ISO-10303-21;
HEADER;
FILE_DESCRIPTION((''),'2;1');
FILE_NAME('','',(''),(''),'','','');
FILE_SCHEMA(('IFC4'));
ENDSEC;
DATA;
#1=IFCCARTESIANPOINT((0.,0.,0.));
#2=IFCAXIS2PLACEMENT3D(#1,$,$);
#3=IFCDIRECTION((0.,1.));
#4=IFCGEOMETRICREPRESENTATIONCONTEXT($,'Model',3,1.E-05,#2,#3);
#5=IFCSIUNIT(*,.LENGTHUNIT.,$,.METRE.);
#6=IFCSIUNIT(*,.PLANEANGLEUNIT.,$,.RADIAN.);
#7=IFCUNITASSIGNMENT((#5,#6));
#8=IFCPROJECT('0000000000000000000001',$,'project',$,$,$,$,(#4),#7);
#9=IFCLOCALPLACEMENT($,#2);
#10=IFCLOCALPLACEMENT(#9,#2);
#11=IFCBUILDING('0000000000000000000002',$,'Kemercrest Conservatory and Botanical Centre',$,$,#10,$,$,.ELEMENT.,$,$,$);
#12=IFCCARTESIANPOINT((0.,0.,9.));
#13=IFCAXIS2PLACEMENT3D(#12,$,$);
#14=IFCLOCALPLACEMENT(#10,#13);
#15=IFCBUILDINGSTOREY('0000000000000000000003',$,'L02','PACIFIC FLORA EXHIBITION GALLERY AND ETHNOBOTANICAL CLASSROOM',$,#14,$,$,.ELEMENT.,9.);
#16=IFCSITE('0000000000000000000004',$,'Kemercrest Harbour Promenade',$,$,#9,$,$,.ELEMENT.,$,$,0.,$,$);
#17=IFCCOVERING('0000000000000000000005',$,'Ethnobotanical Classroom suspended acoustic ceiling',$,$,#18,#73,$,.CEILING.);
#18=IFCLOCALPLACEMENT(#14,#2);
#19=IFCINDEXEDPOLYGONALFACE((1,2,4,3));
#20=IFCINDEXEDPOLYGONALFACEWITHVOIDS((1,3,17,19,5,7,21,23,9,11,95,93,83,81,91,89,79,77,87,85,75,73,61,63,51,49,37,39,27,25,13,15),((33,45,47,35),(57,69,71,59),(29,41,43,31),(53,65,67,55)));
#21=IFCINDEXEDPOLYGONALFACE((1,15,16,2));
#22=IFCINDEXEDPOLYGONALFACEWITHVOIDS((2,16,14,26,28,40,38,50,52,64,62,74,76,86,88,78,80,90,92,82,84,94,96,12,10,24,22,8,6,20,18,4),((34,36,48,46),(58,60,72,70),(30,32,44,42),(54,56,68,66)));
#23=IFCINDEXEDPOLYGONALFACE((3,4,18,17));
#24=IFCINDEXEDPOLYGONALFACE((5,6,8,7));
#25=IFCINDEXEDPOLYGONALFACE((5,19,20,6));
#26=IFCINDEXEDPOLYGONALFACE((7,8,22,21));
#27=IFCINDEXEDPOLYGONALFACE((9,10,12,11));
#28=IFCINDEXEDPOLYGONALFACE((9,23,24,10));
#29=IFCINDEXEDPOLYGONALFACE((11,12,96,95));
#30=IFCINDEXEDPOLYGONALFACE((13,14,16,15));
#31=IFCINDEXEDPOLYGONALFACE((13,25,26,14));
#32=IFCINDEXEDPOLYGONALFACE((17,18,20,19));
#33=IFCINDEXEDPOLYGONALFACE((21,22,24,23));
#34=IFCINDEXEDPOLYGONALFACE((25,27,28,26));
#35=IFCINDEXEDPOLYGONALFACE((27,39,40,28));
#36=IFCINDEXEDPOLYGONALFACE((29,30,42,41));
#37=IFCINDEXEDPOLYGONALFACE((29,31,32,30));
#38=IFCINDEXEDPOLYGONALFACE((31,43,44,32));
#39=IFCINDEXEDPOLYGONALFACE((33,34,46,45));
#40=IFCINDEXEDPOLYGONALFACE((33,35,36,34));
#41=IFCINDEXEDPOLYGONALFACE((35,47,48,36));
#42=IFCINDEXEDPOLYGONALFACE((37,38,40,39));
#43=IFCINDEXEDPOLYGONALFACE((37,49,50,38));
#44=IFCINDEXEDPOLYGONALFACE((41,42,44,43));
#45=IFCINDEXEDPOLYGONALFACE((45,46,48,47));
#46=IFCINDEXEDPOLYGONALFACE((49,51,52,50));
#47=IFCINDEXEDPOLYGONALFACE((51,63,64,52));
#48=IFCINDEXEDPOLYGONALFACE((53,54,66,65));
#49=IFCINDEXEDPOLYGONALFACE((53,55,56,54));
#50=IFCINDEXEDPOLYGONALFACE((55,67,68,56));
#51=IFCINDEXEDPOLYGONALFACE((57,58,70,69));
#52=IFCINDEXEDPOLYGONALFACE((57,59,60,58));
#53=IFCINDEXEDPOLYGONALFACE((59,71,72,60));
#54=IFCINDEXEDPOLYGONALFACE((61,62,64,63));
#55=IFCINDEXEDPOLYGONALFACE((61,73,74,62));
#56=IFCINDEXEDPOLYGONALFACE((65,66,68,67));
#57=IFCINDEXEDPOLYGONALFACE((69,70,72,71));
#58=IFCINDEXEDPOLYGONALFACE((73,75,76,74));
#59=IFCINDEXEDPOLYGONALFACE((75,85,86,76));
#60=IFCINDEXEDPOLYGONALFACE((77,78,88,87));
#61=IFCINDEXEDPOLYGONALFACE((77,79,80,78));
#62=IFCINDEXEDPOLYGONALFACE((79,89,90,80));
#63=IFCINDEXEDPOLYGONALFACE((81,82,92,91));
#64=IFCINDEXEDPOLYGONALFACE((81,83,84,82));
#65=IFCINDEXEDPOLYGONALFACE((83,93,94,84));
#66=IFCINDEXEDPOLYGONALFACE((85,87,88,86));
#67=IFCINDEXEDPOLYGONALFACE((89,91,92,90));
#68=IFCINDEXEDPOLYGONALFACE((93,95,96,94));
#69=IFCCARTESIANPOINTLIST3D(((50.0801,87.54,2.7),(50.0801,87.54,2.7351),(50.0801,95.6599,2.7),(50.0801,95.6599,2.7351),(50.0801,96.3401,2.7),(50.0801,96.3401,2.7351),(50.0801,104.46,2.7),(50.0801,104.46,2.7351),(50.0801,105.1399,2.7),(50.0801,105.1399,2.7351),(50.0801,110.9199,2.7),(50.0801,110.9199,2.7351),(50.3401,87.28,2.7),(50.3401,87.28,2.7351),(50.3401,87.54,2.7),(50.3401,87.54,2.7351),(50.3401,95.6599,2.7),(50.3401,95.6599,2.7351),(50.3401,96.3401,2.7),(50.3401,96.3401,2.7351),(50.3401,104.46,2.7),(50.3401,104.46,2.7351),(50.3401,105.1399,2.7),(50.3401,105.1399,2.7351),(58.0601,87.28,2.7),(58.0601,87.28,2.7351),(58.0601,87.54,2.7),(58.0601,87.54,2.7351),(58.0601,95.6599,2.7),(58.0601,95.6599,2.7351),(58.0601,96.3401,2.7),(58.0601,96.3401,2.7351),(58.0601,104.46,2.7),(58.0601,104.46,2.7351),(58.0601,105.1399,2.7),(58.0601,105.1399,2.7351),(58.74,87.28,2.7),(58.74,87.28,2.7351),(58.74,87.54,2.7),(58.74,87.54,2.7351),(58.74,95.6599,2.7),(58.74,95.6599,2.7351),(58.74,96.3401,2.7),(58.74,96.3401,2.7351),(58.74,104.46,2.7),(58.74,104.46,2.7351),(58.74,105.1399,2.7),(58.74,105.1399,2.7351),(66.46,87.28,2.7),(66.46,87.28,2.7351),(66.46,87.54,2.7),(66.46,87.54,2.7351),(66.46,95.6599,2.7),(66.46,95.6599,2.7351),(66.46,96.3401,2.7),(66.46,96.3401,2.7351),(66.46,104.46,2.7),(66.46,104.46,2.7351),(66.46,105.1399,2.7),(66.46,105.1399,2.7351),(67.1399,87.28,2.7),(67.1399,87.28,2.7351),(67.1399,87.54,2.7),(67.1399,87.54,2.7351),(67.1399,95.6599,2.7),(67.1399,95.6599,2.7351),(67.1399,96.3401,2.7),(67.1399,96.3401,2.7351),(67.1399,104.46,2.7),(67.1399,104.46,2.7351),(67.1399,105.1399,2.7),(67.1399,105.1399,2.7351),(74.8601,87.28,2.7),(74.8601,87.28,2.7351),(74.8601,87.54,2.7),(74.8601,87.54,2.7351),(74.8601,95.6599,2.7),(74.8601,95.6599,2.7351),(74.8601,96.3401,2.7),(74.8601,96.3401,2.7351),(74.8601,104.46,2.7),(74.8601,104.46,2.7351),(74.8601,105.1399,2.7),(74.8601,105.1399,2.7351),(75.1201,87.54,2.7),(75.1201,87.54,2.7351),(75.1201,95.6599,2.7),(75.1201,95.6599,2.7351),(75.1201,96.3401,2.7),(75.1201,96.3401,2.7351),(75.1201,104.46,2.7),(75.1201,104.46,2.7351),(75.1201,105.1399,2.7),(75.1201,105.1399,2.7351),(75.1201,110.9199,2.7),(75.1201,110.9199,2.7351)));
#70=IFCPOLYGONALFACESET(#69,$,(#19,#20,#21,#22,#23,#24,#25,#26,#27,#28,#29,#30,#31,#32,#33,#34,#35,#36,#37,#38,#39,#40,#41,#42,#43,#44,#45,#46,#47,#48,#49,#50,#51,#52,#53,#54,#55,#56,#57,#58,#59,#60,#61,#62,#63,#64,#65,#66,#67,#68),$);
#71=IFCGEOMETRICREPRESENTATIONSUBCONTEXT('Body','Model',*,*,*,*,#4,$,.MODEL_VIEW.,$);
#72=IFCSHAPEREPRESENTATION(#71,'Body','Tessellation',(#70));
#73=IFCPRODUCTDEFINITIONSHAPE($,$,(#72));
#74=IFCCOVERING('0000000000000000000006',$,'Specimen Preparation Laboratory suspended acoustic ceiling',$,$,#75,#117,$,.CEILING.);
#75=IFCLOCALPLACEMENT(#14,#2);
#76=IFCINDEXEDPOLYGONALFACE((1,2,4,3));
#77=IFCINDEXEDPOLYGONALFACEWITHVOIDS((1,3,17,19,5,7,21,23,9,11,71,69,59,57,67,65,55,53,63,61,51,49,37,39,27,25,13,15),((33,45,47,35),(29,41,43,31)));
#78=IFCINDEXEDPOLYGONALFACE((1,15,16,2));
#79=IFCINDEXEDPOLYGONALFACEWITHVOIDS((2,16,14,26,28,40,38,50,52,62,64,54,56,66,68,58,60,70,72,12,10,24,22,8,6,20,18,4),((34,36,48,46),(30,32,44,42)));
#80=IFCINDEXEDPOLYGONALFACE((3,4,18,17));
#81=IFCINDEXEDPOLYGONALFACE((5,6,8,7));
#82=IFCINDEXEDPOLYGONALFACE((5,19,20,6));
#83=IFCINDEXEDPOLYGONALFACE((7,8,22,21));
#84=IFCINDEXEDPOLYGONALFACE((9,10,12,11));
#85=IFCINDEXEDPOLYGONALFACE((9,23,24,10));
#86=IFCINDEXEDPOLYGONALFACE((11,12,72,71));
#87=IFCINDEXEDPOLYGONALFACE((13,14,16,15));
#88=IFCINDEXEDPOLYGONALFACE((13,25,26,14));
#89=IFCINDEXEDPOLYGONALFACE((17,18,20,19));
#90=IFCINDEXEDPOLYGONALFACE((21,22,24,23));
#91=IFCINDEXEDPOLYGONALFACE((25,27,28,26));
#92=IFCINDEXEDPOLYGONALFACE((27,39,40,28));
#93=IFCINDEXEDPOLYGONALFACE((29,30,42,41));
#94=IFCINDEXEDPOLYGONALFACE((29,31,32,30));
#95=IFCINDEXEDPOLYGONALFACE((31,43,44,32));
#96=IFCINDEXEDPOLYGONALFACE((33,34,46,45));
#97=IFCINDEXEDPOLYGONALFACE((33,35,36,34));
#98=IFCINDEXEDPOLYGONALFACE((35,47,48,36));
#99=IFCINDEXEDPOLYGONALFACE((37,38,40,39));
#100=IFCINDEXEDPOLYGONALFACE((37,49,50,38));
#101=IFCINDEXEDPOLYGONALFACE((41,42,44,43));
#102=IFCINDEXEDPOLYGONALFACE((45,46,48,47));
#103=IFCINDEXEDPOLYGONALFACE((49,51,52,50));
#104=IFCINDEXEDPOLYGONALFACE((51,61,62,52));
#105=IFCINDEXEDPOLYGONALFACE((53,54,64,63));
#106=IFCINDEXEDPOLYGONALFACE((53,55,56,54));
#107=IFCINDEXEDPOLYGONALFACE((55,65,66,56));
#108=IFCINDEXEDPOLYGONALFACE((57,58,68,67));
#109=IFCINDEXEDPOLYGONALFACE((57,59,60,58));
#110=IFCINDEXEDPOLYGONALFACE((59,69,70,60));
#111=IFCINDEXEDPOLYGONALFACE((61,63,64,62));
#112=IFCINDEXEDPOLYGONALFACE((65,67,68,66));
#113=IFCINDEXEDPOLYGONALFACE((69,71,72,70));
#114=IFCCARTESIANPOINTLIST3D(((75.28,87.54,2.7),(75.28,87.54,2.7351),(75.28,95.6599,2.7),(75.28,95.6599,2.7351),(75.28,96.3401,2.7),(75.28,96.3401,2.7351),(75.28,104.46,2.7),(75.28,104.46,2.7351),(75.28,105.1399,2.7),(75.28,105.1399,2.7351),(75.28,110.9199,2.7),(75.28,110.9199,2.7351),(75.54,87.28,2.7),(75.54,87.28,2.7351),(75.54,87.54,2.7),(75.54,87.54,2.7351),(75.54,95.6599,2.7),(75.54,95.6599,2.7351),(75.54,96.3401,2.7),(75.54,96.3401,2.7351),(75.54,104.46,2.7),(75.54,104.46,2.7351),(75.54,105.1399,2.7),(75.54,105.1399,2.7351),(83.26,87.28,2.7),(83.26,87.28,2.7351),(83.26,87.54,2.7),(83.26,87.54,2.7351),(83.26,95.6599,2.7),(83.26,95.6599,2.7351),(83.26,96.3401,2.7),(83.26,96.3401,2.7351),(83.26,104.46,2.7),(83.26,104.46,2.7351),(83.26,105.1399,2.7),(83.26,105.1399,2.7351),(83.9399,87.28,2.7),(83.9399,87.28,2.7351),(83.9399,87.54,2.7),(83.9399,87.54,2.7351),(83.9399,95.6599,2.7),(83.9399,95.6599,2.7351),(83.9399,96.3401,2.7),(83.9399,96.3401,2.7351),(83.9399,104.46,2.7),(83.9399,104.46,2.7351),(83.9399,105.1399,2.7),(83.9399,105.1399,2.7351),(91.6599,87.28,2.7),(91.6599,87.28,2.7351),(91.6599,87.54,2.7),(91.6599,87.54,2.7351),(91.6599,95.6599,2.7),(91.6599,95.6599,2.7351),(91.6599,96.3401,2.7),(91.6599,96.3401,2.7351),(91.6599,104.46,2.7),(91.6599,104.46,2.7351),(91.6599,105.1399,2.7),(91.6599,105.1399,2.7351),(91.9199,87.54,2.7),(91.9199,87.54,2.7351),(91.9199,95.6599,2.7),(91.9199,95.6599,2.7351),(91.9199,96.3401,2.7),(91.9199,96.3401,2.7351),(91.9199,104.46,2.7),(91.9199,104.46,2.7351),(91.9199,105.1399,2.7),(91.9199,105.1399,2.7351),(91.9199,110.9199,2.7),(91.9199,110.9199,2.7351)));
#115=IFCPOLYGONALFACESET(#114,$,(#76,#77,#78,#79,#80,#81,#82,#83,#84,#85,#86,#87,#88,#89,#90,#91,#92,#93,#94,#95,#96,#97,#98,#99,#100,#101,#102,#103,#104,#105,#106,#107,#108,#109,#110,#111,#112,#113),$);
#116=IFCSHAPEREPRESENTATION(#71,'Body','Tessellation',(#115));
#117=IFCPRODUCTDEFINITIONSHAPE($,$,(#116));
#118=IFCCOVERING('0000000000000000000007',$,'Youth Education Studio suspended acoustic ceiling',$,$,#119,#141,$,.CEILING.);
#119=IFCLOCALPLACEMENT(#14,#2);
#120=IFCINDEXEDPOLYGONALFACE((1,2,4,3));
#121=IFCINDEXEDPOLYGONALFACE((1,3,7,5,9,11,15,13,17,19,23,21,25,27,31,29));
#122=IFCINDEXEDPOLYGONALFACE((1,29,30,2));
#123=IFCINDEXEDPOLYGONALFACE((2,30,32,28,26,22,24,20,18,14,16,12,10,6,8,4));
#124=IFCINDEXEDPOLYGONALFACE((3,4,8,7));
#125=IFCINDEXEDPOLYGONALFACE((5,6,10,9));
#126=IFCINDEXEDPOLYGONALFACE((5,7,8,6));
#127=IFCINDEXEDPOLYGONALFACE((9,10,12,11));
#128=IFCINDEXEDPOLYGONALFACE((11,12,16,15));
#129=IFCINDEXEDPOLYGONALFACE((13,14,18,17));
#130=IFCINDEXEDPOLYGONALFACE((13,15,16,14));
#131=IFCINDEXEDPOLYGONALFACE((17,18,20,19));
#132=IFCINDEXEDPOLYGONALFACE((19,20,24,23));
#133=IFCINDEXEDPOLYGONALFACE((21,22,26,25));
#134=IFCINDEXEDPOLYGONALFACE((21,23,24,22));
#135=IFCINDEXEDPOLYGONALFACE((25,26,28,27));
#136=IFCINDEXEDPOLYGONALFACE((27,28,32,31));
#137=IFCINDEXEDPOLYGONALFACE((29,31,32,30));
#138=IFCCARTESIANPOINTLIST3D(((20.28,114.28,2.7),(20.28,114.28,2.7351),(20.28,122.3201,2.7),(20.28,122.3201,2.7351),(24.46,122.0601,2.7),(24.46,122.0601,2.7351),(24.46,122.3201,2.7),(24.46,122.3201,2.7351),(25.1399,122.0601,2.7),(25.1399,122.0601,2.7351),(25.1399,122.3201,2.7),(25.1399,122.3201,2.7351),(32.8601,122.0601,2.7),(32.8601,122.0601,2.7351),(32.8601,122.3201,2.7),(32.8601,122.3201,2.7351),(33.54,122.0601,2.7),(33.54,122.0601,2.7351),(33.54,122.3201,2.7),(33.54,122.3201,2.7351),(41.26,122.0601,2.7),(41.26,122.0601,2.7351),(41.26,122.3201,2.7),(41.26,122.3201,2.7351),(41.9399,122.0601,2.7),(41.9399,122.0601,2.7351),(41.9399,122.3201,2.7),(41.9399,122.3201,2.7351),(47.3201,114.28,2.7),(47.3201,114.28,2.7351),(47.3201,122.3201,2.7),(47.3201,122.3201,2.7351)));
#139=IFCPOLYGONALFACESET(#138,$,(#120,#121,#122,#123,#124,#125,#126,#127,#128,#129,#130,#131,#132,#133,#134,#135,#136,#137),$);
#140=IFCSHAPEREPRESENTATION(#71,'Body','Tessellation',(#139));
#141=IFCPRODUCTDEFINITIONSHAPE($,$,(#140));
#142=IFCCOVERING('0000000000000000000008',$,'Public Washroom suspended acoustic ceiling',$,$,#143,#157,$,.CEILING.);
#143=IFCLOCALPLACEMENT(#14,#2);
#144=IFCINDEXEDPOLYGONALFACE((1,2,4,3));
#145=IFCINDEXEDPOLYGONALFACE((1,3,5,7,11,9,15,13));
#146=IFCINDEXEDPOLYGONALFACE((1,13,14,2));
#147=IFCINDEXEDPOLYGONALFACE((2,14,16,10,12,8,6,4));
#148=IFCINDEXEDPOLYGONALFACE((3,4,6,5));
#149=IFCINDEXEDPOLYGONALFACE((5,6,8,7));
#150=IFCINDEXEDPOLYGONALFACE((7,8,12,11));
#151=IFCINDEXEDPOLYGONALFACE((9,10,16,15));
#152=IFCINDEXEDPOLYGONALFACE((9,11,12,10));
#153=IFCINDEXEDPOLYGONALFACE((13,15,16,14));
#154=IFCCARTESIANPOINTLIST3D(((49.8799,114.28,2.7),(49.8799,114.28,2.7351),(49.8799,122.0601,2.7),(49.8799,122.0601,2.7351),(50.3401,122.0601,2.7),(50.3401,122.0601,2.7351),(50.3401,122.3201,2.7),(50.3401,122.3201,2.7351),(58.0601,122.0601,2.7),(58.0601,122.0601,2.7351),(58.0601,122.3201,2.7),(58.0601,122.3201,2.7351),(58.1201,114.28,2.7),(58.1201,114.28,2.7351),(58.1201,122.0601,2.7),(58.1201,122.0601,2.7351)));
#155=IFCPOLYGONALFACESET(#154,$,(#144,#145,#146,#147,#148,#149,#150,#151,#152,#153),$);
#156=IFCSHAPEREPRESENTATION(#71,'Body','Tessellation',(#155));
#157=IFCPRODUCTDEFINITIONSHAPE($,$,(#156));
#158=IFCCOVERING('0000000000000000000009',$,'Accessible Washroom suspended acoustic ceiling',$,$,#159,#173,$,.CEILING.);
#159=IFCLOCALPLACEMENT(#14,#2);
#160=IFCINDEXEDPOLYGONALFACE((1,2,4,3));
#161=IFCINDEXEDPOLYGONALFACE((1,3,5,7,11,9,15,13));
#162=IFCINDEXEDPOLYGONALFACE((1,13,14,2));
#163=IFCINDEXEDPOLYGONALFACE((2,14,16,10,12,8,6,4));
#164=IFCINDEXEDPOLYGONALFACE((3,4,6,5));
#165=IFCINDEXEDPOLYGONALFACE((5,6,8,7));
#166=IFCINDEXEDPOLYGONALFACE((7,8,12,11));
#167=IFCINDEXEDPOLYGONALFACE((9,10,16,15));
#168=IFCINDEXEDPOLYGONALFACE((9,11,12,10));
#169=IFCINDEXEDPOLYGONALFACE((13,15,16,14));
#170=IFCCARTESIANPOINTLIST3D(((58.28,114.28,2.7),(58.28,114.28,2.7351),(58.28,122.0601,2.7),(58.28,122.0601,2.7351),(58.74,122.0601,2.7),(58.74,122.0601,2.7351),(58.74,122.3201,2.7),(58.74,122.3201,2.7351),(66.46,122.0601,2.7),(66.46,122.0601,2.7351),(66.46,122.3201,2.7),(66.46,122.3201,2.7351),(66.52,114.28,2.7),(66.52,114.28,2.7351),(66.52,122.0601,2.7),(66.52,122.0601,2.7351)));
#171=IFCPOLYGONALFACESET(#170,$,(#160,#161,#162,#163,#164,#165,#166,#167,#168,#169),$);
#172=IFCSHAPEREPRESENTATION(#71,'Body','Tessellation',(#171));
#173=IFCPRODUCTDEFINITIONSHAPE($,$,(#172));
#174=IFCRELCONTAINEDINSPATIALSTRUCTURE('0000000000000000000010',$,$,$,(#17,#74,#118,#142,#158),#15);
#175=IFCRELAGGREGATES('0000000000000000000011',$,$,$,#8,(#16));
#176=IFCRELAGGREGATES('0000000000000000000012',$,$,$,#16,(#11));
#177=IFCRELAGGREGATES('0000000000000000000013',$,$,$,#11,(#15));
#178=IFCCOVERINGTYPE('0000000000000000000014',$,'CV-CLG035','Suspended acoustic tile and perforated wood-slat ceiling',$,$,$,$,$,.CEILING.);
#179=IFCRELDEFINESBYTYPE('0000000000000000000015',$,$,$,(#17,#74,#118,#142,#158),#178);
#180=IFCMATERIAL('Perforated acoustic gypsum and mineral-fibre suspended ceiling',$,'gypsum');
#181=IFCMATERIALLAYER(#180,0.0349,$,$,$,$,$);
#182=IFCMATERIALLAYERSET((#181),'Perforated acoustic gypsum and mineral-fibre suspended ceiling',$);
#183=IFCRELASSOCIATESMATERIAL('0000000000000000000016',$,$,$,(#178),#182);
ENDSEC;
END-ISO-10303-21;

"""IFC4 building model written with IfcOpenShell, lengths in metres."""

from ifc_helpers import new_model, si_unit, direction, frame, origin, place, context, subcontext, project, spatial, polyline, outline, extrude, material, layer, layer_set, type_object, element, save


model = new_model("IFC4")

# Units and contexts
model_context = context("Model", 3, precision=1e-05, world=origin(), true_north=direction((0.0, 1.0)))
body_context = subcontext(model_context, "Body", "Model", "MODEL_VIEW")
ifc_project = project(units=[si_unit("LENGTHUNIT", "METRE"), si_unit("PLANEANGLEUNIT", "RADIAN")], contexts=[model_context])

# Site, building, storey
site_placement = place(None, origin())
site = spatial("IfcSite", under=ifc_project, at=site_placement, Name="Kemercrest Harbour Promenade", CompositionType="ELEMENT", RefElevation=0.0)
building_placement = place(site_placement, origin())
building = spatial("IfcBuilding", under=site, at=building_placement, Name="Kemercrest Conservatory and Botanical Centre", CompositionType="ELEMENT")
storey_placement = place(building_placement, frame((0.0, 0.0, 9.0)))
storey = spatial("IfcBuildingStorey", under=building, at=storey_placement, Name="L02", Description="PACIFIC FLORA EXHIBITION GALLERY AND ETHNOBOTANICAL CLASSROOM", CompositionType="ELEMENT", Elevation=9.0)

# Coverings
ifc_material_1 = material(Name="Perforated acoustic gypsum and mineral-fibre suspended ceiling", Category="gypsum")
ifc_layer_1 = layer(ifc_material_1, 0.0349)
ifc_layer_set_1 = layer_set([ifc_layer_1], Name="Perforated acoustic gypsum and mineral-fibre suspended ceiling")
covering_type_1 = type_object("IfcCoveringType", Name="CV-CLG035", Description="Suspended acoustic tile and perforated wood-slat ceiling", PredefinedType="CEILING", material=ifc_layer_set_1)
covering_1_placement = place(storey_placement, frame((0.0, 0.0, 2.7)))
element("IfcCovering", 1, at=covering_1_placement, inside=storey, type_object=covering_type_1, Name="Ethnobotanical Classroom suspended acoustic ceiling", PredefinedType="CEILING", context=body_context, shape_type="SweptSolid", body=[
    extrude(outline(polyline([(66.46, 87.54), (67.1399, 87.54), (67.1399, 87.28), (74.8601, 87.28), (74.8601, 87.54), (75.1201, 87.54), (75.1201, 95.6599), (74.8601, 95.6599), (74.8601, 96.3401), (75.1201, 96.3401), (75.1201, 104.46), (74.8601, 104.46), (74.8601, 105.1399), (75.1201, 105.1399), (75.1201, 110.9199), (50.0801, 110.9199), (50.0801, 105.1399), (50.3401, 105.1399), (50.3401, 104.46), (50.0801, 104.46), (50.0801, 96.3401), (50.3401, 96.3401), (50.3401, 95.6599), (50.0801, 95.6599), (50.0801, 87.54), (50.3401, 87.54), (50.3401, 87.28), (58.0601, 87.28), (58.0601, 87.54), (58.74, 87.54), (58.74, 87.28), (66.46, 87.28), (66.46, 87.54)]), holes=[polyline([(67.1399, 95.6599), (66.46, 95.6599), (66.46, 96.3401), (67.1399, 96.3401), (67.1399, 95.6599)]), polyline([(67.1399, 104.46), (66.46, 104.46), (66.46, 105.1399), (67.1399, 105.1399), (67.1399, 104.46)]), polyline([(58.74, 95.6599), (58.0601, 95.6599), (58.0601, 96.3401), (58.74, 96.3401), (58.74, 95.6599)]), polyline([(58.74, 104.46), (58.0601, 104.46), (58.0601, 105.1399), (58.74, 105.1399), (58.74, 104.46)])]), origin(), (0.0, 0.0, 1.0), 0.0352),
])
covering_2_placement = place(storey_placement, frame((0.0, 0.0, 2.7)))
element("IfcCovering", 2, at=covering_2_placement, inside=storey, type_object=covering_type_1, Name="Specimen Preparation Laboratory suspended acoustic ceiling", PredefinedType="CEILING", context=body_context, shape_type="SweptSolid", body=[
    extrude(outline(polyline([(83.26, 87.54), (83.9399, 87.54), (83.9399, 87.28), (91.6599, 87.28), (91.6599, 87.54), (91.9199, 87.54), (91.9199, 95.6599), (91.6599, 95.6599), (91.6599, 96.3401), (91.9199, 96.3401), (91.9199, 104.46), (91.6599, 104.46), (91.6599, 105.1399), (91.9199, 105.1399), (91.9199, 110.9199), (75.28, 110.9199), (75.28, 105.1399), (75.54, 105.1399), (75.54, 104.46), (75.28, 104.46), (75.28, 96.3401), (75.54, 96.3401), (75.54, 95.6599), (75.28, 95.6599), (75.28, 87.54), (75.54, 87.54), (75.54, 87.28), (83.26, 87.28), (83.26, 87.54)]), holes=[polyline([(83.9399, 95.6599), (83.26, 95.6599), (83.26, 96.3401), (83.9399, 96.3401), (83.9399, 95.6599)]), polyline([(83.9399, 104.46), (83.26, 104.46), (83.26, 105.1399), (83.9399, 105.1399), (83.9399, 104.46)])]), origin(), (0.0, 0.0, 1.0), 0.0352),
])
covering_3_placement = place(storey_placement, frame((0.0, 0.0, 2.7)))
element("IfcCovering", 3, at=covering_3_placement, inside=storey, type_object=covering_type_1, Name="Youth Education Studio suspended acoustic ceiling", PredefinedType="CEILING", context=body_context, shape_type="SweptSolid", body=[
    extrude(outline(polyline([(20.28, 114.28), (47.3201, 114.28), (47.3201, 122.3201), (41.9399, 122.3201), (41.9399, 122.0601), (41.26, 122.0601), (41.26, 122.3201), (33.54, 122.3201), (33.54, 122.0601), (32.8601, 122.0601), (32.8601, 122.3201), (25.1399, 122.3201), (25.1399, 122.0601), (24.46, 122.0601), (24.46, 122.3201), (20.28, 122.3201), (20.28, 114.28)])), origin(), (0.0, 0.0, 1.0), 0.0352),
])
covering_4_placement = place(storey_placement, frame((0.0, 0.0, 2.7)))
element("IfcCovering", 4, at=covering_4_placement, inside=storey, type_object=covering_type_1, Name="Public Washroom suspended acoustic ceiling", PredefinedType="CEILING", context=body_context, shape_type="SweptSolid", body=[
    extrude(outline(polyline([(49.8799, 114.28), (58.1201, 114.28), (58.1201, 122.0601), (58.0601, 122.0601), (58.0601, 122.3201), (50.3401, 122.3201), (50.3401, 122.0601), (49.8799, 122.0601), (49.8799, 114.28)])), origin(), (0.0, 0.0, 1.0), 0.0352),
])
covering_5_placement = place(storey_placement, frame((0.0, 0.0, 2.7)))
element("IfcCovering", 5, at=covering_5_placement, inside=storey, type_object=covering_type_1, Name="Accessible Washroom suspended acoustic ceiling", PredefinedType="CEILING", context=body_context, shape_type="SweptSolid", body=[
    extrude(outline(polyline([(58.28, 114.28), (66.52, 114.28), (66.52, 122.0601), (66.46, 122.0601), (66.46, 122.3201), (58.74, 122.3201), (58.74, 122.0601), (58.28, 122.0601), (58.28, 114.28)])), origin(), (0.0, 0.0, 1.0), 0.0352),
])

save(model, "model.ifc")
